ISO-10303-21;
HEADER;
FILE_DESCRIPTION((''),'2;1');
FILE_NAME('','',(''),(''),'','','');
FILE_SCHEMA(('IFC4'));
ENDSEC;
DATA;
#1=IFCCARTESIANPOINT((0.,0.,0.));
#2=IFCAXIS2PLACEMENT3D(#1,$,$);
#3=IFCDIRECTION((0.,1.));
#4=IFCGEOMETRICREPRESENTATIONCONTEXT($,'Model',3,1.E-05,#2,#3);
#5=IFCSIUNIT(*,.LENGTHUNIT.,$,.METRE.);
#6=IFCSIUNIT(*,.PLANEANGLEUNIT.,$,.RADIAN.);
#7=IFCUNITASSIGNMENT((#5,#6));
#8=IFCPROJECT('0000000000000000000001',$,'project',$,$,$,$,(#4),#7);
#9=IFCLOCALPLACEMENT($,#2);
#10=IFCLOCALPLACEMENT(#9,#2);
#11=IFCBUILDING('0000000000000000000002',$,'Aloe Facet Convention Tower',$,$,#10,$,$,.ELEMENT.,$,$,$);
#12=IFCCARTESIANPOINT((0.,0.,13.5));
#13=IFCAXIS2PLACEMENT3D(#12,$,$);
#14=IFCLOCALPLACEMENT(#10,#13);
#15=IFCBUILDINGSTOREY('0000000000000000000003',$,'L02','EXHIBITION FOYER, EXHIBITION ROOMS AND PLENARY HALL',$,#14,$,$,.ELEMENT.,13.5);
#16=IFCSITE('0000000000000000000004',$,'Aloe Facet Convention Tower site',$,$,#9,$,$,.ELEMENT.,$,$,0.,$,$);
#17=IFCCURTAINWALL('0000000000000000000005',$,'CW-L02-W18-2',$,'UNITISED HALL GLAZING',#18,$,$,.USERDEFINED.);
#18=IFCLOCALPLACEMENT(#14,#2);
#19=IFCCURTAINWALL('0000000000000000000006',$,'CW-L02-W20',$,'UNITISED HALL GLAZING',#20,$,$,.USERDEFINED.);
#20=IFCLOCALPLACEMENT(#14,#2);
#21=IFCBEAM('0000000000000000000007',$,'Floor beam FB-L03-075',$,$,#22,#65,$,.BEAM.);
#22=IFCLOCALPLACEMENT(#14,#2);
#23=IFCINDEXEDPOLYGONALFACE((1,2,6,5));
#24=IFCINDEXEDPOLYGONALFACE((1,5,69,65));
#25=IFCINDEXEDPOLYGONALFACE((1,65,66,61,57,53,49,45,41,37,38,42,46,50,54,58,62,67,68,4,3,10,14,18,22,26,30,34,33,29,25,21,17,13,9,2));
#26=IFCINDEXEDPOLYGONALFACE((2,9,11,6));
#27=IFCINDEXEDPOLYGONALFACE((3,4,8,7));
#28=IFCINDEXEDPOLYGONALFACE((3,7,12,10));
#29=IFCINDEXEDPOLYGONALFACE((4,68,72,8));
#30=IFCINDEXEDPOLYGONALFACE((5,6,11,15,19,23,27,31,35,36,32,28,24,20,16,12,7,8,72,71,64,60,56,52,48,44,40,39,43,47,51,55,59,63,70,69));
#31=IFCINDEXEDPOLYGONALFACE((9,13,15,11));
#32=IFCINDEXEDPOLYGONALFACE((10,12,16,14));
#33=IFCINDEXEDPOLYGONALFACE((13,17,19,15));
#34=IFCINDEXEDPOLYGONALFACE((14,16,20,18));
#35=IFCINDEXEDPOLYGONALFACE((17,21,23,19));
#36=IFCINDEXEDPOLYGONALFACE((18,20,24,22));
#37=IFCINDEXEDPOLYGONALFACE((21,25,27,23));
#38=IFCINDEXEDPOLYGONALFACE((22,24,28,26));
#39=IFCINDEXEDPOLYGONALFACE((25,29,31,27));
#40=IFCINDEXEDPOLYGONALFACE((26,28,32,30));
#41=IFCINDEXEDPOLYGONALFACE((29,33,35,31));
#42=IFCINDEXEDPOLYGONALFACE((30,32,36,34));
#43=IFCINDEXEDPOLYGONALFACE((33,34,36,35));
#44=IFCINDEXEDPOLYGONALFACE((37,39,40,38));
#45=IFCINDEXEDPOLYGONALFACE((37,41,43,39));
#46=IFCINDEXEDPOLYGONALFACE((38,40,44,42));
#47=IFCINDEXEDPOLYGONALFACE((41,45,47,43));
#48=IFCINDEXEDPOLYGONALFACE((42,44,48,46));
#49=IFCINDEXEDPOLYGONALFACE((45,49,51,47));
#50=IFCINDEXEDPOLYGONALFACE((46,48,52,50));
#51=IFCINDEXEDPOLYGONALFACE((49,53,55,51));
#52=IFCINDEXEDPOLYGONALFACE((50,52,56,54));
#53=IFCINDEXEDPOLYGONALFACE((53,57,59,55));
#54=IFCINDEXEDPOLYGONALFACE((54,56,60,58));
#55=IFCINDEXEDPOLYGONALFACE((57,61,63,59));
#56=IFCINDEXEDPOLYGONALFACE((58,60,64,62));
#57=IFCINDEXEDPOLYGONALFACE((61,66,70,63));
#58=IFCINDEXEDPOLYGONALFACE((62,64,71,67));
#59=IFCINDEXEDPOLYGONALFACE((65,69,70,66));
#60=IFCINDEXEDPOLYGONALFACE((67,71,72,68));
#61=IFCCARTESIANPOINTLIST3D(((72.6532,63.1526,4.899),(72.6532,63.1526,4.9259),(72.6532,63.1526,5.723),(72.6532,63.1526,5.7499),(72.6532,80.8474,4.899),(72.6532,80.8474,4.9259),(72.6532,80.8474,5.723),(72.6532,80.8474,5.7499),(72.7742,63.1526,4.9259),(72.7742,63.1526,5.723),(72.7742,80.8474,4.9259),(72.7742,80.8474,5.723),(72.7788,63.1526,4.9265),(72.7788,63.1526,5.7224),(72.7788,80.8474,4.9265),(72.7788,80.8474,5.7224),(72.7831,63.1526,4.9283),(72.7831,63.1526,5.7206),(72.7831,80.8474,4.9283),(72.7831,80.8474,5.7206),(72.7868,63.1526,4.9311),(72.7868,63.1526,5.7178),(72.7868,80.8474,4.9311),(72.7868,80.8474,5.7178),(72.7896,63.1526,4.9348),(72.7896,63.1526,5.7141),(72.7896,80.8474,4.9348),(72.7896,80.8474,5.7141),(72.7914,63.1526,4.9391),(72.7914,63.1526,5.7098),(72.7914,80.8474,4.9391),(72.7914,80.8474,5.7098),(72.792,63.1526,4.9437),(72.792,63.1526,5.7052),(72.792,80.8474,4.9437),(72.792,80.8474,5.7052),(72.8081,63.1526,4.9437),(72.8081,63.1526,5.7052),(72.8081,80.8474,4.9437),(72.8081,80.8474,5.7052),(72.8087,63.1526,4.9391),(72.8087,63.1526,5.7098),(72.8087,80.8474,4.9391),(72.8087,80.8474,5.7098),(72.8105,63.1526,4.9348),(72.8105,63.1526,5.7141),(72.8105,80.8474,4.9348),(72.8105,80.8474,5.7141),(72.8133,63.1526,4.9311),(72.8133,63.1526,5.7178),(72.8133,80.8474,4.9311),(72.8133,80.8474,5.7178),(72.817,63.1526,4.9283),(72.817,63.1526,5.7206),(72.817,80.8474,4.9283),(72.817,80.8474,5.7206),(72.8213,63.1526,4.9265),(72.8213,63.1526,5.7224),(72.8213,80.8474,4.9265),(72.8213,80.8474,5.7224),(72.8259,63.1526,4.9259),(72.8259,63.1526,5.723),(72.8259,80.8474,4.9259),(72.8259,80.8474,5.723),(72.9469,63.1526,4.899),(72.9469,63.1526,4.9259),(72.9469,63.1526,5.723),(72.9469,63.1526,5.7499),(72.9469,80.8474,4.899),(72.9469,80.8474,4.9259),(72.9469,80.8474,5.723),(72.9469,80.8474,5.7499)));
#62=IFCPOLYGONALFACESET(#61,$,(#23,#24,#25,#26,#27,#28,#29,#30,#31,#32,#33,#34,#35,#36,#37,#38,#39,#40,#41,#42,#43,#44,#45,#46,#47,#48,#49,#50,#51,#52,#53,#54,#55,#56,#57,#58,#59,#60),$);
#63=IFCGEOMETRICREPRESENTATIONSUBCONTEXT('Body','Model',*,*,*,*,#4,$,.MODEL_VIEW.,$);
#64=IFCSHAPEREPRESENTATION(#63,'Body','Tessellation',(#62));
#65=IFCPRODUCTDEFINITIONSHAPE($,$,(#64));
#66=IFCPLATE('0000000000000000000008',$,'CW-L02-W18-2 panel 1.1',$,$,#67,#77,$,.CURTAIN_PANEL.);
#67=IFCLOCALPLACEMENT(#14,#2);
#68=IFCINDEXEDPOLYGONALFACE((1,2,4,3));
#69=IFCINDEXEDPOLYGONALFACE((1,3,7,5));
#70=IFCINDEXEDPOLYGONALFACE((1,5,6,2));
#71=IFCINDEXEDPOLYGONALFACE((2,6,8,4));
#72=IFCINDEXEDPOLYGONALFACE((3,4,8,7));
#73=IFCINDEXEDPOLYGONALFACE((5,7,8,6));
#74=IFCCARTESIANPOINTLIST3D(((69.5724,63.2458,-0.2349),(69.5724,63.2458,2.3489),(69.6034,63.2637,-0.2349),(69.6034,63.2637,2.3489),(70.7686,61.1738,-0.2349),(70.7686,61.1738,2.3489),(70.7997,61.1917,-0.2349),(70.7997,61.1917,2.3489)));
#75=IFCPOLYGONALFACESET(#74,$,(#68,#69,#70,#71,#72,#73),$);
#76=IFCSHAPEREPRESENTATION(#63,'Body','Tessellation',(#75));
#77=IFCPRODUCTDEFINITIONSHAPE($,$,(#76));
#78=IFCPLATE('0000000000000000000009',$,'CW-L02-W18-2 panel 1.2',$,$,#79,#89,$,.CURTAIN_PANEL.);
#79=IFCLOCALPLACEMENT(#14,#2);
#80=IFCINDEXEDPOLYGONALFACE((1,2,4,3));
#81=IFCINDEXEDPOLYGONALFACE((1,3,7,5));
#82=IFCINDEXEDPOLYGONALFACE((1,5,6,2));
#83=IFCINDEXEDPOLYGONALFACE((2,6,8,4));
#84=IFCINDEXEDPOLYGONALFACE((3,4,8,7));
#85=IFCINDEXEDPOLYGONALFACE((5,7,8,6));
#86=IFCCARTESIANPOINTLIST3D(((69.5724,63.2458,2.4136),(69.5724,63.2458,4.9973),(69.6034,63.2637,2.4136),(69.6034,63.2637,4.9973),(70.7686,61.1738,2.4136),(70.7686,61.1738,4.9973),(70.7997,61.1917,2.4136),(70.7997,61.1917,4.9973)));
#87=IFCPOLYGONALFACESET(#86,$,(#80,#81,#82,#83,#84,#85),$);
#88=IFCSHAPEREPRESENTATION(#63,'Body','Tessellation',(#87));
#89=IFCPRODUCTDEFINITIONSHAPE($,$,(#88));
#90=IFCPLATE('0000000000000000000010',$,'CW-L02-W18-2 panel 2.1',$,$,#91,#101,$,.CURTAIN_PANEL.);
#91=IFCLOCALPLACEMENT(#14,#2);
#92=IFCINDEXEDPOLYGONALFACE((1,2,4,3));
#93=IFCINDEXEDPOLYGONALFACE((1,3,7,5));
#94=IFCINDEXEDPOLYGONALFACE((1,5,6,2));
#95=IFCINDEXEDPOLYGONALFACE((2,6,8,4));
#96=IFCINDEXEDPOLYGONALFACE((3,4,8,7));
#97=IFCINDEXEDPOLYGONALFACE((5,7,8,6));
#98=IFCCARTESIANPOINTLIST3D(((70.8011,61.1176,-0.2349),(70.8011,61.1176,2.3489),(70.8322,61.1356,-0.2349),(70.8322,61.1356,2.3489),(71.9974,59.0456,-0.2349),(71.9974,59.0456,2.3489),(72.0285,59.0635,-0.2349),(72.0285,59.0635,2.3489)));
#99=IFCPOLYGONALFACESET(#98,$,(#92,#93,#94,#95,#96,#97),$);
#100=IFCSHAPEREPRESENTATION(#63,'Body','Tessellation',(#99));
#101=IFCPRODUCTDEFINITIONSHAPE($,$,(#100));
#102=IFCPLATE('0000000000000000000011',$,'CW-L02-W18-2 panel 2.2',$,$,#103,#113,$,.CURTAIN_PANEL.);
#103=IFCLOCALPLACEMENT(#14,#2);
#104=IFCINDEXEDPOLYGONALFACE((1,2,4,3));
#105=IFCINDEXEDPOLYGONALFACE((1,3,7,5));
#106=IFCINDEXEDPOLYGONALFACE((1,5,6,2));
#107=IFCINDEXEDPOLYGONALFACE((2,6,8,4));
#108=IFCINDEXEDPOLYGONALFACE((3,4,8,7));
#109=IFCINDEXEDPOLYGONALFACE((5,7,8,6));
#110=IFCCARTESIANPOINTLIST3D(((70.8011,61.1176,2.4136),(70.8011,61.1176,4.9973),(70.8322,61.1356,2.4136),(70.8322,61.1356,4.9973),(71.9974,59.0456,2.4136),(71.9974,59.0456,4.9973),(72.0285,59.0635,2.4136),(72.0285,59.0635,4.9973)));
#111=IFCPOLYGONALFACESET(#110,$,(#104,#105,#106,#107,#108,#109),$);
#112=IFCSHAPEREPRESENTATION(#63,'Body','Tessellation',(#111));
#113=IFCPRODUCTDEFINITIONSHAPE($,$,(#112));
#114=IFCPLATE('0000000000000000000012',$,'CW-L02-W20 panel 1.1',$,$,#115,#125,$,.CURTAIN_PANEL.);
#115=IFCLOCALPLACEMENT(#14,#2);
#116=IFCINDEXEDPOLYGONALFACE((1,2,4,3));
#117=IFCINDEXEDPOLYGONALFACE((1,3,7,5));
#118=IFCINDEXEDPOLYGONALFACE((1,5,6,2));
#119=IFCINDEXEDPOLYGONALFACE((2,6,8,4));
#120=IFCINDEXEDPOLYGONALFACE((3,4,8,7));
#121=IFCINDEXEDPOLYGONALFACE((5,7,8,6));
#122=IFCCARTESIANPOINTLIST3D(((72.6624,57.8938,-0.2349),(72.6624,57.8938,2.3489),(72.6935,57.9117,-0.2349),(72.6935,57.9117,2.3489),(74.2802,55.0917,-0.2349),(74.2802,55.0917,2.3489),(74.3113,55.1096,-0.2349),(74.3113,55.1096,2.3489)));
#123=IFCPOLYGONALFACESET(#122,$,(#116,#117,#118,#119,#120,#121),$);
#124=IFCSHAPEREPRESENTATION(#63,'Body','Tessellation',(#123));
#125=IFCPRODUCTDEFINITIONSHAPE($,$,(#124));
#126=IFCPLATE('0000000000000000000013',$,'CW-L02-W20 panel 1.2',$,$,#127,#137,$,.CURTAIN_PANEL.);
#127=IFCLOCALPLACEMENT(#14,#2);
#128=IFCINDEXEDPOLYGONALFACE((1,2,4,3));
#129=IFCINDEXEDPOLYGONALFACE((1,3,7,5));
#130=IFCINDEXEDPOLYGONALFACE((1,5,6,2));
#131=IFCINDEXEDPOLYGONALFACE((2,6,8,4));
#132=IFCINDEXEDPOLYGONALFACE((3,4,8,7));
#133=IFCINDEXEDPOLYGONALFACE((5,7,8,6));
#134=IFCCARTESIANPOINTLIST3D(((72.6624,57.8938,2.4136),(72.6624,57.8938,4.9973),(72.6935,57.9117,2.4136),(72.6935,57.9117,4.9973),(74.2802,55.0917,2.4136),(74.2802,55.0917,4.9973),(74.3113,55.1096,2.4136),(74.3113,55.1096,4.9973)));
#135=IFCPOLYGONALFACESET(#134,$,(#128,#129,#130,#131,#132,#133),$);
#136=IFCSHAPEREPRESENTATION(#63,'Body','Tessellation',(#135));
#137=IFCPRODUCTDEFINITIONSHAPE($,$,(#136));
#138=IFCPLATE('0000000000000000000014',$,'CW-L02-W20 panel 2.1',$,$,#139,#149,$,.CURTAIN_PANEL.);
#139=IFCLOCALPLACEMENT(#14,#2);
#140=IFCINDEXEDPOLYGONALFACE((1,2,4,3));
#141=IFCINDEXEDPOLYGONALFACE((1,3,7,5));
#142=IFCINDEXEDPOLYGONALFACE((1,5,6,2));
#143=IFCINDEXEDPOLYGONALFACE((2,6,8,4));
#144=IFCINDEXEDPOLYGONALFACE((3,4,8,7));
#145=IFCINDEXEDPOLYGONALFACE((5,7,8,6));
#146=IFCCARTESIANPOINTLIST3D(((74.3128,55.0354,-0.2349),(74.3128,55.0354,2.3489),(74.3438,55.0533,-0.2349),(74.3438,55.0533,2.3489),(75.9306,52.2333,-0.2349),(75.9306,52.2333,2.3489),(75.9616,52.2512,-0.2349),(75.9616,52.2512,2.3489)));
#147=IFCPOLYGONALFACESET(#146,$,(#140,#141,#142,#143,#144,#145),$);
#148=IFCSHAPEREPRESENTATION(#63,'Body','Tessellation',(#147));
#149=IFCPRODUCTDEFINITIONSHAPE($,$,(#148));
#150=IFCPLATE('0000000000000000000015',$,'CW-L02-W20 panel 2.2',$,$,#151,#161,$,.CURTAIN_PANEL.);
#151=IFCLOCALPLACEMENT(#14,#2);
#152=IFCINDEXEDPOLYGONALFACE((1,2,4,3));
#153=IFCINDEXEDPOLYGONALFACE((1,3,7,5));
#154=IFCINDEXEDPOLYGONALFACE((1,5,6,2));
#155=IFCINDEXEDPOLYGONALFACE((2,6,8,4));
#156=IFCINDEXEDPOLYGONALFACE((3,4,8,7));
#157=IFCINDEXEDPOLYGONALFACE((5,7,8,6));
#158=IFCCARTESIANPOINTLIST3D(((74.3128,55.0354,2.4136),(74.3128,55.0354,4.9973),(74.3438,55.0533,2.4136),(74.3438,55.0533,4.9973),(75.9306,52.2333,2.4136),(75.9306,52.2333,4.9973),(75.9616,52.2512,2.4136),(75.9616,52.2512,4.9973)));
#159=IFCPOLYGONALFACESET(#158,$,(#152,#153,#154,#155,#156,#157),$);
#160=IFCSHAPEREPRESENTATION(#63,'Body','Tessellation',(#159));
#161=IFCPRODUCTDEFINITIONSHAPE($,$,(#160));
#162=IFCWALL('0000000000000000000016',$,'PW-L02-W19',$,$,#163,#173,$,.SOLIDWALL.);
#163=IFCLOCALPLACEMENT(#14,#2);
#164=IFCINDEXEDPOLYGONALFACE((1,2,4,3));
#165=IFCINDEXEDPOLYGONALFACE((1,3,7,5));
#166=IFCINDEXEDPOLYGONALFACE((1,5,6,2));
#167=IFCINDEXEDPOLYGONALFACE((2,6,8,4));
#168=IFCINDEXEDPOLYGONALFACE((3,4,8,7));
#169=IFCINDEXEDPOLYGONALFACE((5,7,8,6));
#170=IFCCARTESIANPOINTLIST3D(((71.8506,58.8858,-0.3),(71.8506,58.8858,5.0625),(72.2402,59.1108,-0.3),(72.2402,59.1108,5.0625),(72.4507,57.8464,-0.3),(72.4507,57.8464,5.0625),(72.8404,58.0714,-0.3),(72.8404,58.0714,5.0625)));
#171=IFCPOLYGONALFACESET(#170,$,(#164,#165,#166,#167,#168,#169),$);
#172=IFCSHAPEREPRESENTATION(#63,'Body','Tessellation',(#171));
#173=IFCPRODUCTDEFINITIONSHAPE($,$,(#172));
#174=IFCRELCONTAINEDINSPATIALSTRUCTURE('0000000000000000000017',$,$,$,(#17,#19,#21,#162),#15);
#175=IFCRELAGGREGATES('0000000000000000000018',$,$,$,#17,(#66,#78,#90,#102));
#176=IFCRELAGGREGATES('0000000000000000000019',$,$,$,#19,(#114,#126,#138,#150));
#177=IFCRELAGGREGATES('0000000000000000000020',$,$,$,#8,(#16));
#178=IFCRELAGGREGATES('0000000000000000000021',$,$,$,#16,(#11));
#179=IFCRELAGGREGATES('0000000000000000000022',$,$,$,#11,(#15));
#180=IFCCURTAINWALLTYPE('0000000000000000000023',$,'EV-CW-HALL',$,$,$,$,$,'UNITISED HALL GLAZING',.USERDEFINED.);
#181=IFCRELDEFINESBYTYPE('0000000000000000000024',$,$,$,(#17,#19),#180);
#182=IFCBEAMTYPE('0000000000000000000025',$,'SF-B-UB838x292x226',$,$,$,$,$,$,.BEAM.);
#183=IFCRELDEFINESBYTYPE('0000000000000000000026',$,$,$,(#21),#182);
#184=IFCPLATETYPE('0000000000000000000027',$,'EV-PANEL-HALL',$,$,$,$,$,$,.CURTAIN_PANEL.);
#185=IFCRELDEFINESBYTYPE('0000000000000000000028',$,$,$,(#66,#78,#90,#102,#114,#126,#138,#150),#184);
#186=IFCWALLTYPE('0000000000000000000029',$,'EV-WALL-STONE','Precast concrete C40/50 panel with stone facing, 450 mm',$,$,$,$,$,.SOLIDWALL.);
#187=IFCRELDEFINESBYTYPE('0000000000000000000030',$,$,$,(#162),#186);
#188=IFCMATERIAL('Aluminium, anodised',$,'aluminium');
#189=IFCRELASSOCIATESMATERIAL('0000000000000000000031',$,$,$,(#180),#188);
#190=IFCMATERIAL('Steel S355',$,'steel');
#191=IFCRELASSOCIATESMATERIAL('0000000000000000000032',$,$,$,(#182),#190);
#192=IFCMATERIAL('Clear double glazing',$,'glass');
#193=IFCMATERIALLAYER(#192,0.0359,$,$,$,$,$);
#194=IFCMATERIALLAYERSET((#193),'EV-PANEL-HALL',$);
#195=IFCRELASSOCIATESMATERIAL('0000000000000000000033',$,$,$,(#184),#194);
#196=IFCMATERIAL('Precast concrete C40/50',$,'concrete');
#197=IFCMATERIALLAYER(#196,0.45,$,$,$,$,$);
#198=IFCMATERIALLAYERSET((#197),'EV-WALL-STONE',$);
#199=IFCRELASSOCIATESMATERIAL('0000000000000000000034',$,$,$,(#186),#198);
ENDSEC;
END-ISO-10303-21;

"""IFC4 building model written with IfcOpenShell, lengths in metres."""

from ifc_helpers import new_model, si_unit, direction, frame, frame_2d, origin, origin_2d, place, context, subcontext, project, spatial, rectangle, i_section, extrude, material, layer, layer_set, material_profile, profile_set, type_object, element, aggregate, save


model = new_model("IFC4")

# Units and contexts
model_context = context("Model", 3, precision=1e-05, world=origin(), true_north=direction((0.0, 1.0)))
body_context = subcontext(model_context, "Body", "Model", "MODEL_VIEW")
ifc_project = project(units=[si_unit("LENGTHUNIT", "METRE"), si_unit("PLANEANGLEUNIT", "RADIAN")], contexts=[model_context])

# Site, building, storey
site_placement = place(None, origin())
site = spatial("IfcSite", under=ifc_project, at=site_placement, Name="Aloe Facet Convention Tower site", CompositionType="ELEMENT", RefElevation=0.0)
building_placement = place(site_placement, origin())
building = spatial("IfcBuilding", under=site, at=building_placement, Name="Aloe Facet Convention Tower", CompositionType="ELEMENT")
storey_placement = place(building_placement, frame((0.0, 0.0, 13.5)))
storey = spatial("IfcBuildingStorey", under=building, at=storey_placement, Name="L02", Description="EXHIBITION FOYER, EXHIBITION ROOMS AND PLENARY HALL", CompositionType="ELEMENT", Elevation=13.5)

# Curtain walls
ifc_material_1 = material(Name="Aluminium, anodised", Category="aluminium")
curtain_wall_type = type_object("IfcCurtainWallType", Name="EV-CW-HALL", ElementType="UNITISED HALL GLAZING", PredefinedType="USERDEFINED", material=ifc_material_1)
curtain_wall_1_placement = place(storey_placement, origin())
curtain_wall_1 = element("IfcCurtainWall", 1, at=curtain_wall_1_placement, inside=storey, type_object=curtain_wall_type, Name="CW-L02-W18-2", ObjectType="UNITISED HALL GLAZING", PredefinedType="USERDEFINED")
curtain_wall_2_placement = place(storey_placement, origin())
curtain_wall_2 = element("IfcCurtainWall", 2, at=curtain_wall_2_placement, inside=storey, type_object=curtain_wall_type, Name="CW-L02-W20", ObjectType="UNITISED HALL GLAZING", PredefinedType="USERDEFINED")

# Beam
ifc_material_2 = material(Name="Steel S355", Category="steel")
ifc_material_profile_1 = material_profile(ifc_material_2, i_section(OverallWidth=0.2937, OverallDepth=0.8508, WebThickness=0.0161, FlangeThickness=0.0269, FilletRadius=0.0178, at=origin_2d()), Name="UB 838x292x226")
ifc_profile_set_1 = profile_set([ifc_material_profile_1], Name="Steel S355")
beam_type_1 = type_object("IfcBeamType", Name="SF-B-UB838x292x226", PredefinedType="BEAM", material=ifc_profile_set_1)
beam_1_placement = place(storey_placement, frame((72.8, 63.1526, 5.3245), z_axis=(0.0, 1.0, 0.0), x_axis=(-1.0, 0.0, 0.0)))
element("IfcBeam", 3, at=beam_1_placement, inside=storey, type_object=beam_type_1, Name="Floor beam FB-L03-075", PredefinedType="BEAM", context=body_context, shape_type="SweptSolid", body=[
    extrude(i_section(OverallWidth=0.2937, OverallDepth=0.8508, WebThickness=0.0161, FlangeThickness=0.0269, FilletRadius=0.0178, at=origin_2d()), origin(), (0.0, 0.0, 1.0), 17.6948),
])

# Plates
ifc_material_3 = material(Name="Clear double glazing", Category="glass")
ifc_layer_1 = layer(ifc_material_3, 0.0359)
ifc_layer_set_1 = layer_set([ifc_layer_1], Name="EV-PANEL-HALL")
plate_type = type_object("IfcPlateType", Name="EV-PANEL-HALL", PredefinedType="CURTAIN_PANEL", material=ifc_layer_set_1)
plate_1_placement = place(storey_placement, frame((70.186, 62.2188, -0.2349), z_axis=(0.0, 0.0, 1.0), x_axis=(0.5, -0.866025, 0.0)))
plate_1 = element("IfcPlate", 4, at=plate_1_placement, type_object=plate_type, Name="CW-L02-W18-2 panel 1.1", PredefinedType="CURTAIN_PANEL", context=body_context, shape_type="SweptSolid", body=[
    extrude(rectangle(XDim=2.3926, YDim=0.0359, at=origin_2d()), origin(), (0.0, 0.0, 1.0), 2.5837),
])
plate_2_placement = place(storey_placement, frame((70.186, 62.2188, 2.4136), z_axis=(0.0, 0.0, 1.0), x_axis=(0.5, -0.866025, 0.0)))
plate_2 = element("IfcPlate", 5, at=plate_2_placement, type_object=plate_type, Name="CW-L02-W18-2 panel 1.2", PredefinedType="CURTAIN_PANEL", context=body_context, shape_type="SweptSolid", body=[
    extrude(rectangle(XDim=2.3926, YDim=0.0359, at=origin_2d()), origin(), (0.0, 0.0, 1.0), 2.5837),
])
plate_3_placement = place(storey_placement, frame((71.4148, 60.0906, -0.2349), z_axis=(0.0, 0.0, 1.0), x_axis=(0.5, -0.866025, 0.0)))
plate_3 = element("IfcPlate", 6, at=plate_3_placement, type_object=plate_type, Name="CW-L02-W18-2 panel 2.1", PredefinedType="CURTAIN_PANEL", context=body_context, shape_type="SweptSolid", body=[
    extrude(rectangle(XDim=2.3926, YDim=0.0359, at=origin_2d()), origin(), (0.0, 0.0, 1.0), 2.5837),
])
plate_4_placement = place(storey_placement, frame((71.4148, 60.0906, 2.4136), z_axis=(0.0, 0.0, 1.0), x_axis=(0.5, -0.866025, 0.0)))
plate_4 = element("IfcPlate", 7, at=plate_4_placement, type_object=plate_type, Name="CW-L02-W18-2 panel 2.2", PredefinedType="CURTAIN_PANEL", context=body_context, shape_type="SweptSolid", body=[
    extrude(rectangle(XDim=2.3926, YDim=0.0359, at=origin_2d()), origin(), (0.0, 0.0, 1.0), 2.5837),
])
aggregate(curtain_wall_1, [plate_1, plate_2, plate_3, plate_4])
plate_5_placement = place(storey_placement, frame((73.4868, 56.5017, -0.2349), z_axis=(0.0, 0.0, 1.0), x_axis=(0.5, -0.866025, 0.0)))
plate_5 = element("IfcPlate", 8, at=plate_5_placement, type_object=plate_type, Name="CW-L02-W20 panel 1.1", PredefinedType="CURTAIN_PANEL", context=body_context, shape_type="SweptSolid", body=[
    extrude(rectangle(XDim=3.2356, YDim=0.0359, at=origin_2d()), origin(), (0.0, 0.0, 1.0), 2.5837),
])
plate_6_placement = place(storey_placement, frame((73.4868, 56.5017, 2.4136), z_axis=(0.0, 0.0, 1.0), x_axis=(0.5, -0.866025, 0.0)))
plate_6 = element("IfcPlate", 9, at=plate_6_placement, type_object=plate_type, Name="CW-L02-W20 panel 1.2", PredefinedType="CURTAIN_PANEL", context=body_context, shape_type="SweptSolid", body=[
    extrude(rectangle(XDim=3.2356, YDim=0.0359, at=origin_2d()), origin(), (0.0, 0.0, 1.0), 2.5837),
])
plate_7_placement = place(storey_placement, frame((75.1372, 53.6433, -0.2349), z_axis=(0.0, 0.0, 1.0), x_axis=(0.5, -0.866025, 0.0)))
plate_7 = element("IfcPlate", 10, at=plate_7_placement, type_object=plate_type, Name="CW-L02-W20 panel 2.1", PredefinedType="CURTAIN_PANEL", context=body_context, shape_type="SweptSolid", body=[
    extrude(rectangle(XDim=3.2356, YDim=0.0359, at=origin_2d()), origin(), (0.0, 0.0, 1.0), 2.5837),
])
plate_8_placement = place(storey_placement, frame((75.1372, 53.6433, 2.4136), z_axis=(0.0, 0.0, 1.0), x_axis=(0.5, -0.866025, 0.0)))
plate_8 = element("IfcPlate", 11, at=plate_8_placement, type_object=plate_type, Name="CW-L02-W20 panel 2.2", PredefinedType="CURTAIN_PANEL", context=body_context, shape_type="SweptSolid", body=[
    extrude(rectangle(XDim=3.2356, YDim=0.0359, at=origin_2d()), origin(), (0.0, 0.0, 1.0), 2.5837),
])
aggregate(curtain_wall_2, [plate_5, plate_6, plate_7, plate_8])

# Wall
ifc_material_4 = material(Name="Precast concrete C40/50", Category="concrete")
ifc_layer_2 = layer(ifc_material_4, 0.45)
ifc_layer_set_2 = layer_set([ifc_layer_2], Name="EV-WALL-STONE")
wall_type = type_object("IfcWallType", Name="EV-WALL-STONE", Description="Precast concrete C40/50 panel with stone facing, 450 mm", PredefinedType="SOLIDWALL", material=ifc_layer_set_2)
wall_placement = place(storey_placement, frame((72.0454, 58.9983, -0.3), z_axis=(0.0, 0.0, 1.0), x_axis=(0.500034, -0.866006, 0.0)))
element("IfcWall", 12, at=wall_placement, inside=storey, type_object=wall_type, Name="PW-L02-W19", PredefinedType="SOLIDWALL", context=body_context, shape_type="SweptSolid", body=[
    extrude(rectangle(XDim=1.2002, YDim=0.45, at=frame_2d((0.6001, 0.0))), origin(), (0.0, 0.0, 1.0), 5.3625),
])

save(model, "model.ifc")
